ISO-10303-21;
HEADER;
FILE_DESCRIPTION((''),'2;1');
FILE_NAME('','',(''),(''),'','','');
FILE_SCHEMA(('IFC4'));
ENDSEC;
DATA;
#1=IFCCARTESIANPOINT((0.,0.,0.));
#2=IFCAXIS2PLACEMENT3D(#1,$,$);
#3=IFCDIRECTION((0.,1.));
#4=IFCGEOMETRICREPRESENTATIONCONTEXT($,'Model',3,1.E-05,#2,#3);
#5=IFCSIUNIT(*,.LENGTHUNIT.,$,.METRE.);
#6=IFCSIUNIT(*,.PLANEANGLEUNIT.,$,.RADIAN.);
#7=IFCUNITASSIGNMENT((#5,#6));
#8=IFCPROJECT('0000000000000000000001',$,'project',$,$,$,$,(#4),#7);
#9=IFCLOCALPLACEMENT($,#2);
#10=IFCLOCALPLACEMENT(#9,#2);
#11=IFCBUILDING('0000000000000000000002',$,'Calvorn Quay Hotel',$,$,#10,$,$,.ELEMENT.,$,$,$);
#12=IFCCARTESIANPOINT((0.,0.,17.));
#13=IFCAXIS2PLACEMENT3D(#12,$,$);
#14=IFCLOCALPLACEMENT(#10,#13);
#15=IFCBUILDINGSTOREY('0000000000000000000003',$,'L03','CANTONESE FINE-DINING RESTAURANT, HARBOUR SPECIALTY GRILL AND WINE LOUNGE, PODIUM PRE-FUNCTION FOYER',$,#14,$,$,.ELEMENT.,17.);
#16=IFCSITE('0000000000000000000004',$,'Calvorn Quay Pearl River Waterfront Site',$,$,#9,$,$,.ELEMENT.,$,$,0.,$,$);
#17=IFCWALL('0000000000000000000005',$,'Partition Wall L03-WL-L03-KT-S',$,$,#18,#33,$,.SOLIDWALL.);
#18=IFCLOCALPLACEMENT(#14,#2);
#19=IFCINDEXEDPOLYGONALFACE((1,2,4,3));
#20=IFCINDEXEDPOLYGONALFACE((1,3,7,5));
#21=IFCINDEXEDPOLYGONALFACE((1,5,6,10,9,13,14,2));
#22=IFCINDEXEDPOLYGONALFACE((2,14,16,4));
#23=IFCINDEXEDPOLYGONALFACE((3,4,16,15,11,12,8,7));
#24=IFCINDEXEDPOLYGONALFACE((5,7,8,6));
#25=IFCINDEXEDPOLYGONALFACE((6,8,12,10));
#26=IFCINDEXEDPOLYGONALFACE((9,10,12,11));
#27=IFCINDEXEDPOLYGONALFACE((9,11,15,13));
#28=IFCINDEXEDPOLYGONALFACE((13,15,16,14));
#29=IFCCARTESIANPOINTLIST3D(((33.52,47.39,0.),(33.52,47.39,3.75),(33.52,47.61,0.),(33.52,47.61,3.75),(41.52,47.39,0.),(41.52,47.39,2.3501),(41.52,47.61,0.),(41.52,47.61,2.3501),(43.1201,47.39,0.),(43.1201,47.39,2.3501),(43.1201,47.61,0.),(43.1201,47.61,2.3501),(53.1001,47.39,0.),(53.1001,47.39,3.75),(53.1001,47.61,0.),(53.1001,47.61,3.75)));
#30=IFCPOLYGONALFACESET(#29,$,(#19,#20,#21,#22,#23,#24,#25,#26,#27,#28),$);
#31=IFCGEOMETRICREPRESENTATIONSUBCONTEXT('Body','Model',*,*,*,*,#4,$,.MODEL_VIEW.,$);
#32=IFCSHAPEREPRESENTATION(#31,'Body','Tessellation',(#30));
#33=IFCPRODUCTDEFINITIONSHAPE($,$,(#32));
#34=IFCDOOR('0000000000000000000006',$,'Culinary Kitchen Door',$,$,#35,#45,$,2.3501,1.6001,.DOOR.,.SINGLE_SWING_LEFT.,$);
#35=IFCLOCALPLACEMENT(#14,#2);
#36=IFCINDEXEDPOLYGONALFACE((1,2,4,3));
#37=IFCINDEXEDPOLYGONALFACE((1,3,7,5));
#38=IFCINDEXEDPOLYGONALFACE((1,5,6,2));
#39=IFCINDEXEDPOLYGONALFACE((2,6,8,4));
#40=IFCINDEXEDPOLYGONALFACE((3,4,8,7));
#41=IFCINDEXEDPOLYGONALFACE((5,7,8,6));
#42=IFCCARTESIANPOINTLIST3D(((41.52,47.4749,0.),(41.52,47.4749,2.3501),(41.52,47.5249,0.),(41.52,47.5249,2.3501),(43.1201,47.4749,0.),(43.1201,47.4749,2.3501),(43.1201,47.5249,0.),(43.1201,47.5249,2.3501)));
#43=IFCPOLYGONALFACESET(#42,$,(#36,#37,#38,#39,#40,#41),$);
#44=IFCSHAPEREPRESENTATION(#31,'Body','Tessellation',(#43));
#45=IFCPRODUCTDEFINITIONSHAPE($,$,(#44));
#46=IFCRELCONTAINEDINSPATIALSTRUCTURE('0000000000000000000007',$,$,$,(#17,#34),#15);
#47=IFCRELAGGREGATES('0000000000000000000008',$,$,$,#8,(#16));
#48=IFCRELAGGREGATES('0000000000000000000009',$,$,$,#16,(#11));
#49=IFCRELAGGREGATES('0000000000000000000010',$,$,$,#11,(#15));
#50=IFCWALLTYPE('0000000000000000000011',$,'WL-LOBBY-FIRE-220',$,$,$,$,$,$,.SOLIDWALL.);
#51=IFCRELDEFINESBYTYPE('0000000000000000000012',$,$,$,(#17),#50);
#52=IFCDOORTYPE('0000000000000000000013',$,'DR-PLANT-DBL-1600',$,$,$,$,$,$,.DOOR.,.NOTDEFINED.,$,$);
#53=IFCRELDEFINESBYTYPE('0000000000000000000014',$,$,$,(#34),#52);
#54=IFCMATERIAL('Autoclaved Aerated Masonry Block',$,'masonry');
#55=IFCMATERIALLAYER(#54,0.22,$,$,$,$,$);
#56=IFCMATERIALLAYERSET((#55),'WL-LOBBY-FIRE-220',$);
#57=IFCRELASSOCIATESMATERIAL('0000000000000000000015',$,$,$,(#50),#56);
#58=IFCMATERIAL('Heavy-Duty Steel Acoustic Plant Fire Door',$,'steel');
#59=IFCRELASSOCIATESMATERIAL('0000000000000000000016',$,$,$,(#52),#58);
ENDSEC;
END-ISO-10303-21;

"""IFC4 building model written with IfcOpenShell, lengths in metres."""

from ifc_helpers import new_model, si_unit, direction, frame, frame_2d, origin, place, context, subcontext, project, spatial, rectangle, extrude, material, layer, layer_set, type_object, element, fill, save


model = new_model("IFC4")

# Units and contexts
model_context = context("Model", 3, precision=1e-05, world=origin(), true_north=direction((0.0, 1.0)))
body_context = subcontext(model_context, "Body", "Model", "MODEL_VIEW")
ifc_project = project(units=[si_unit("LENGTHUNIT", "METRE"), si_unit("PLANEANGLEUNIT", "RADIAN")], contexts=[model_context])

# Site, building, storey
site_placement = place(None, origin())
site = spatial("IfcSite", under=ifc_project, at=site_placement, Name="Calvorn Quay Pearl River Waterfront Site", CompositionType="ELEMENT", RefElevation=0.0)
building_placement = place(site_placement, origin())
building = spatial("IfcBuilding", under=site, at=building_placement, Name="Calvorn Quay Hotel", CompositionType="ELEMENT")
storey_placement = place(building_placement, frame((0.0, 0.0, 17.0)))
storey = spatial("IfcBuildingStorey", under=building, at=storey_placement, Name="L03", Description="CANTONESE FINE-DINING RESTAURANT, HARBOUR SPECIALTY GRILL AND WINE LOUNGE, PODIUM PRE-FUNCTION FOYER", CompositionType="ELEMENT", Elevation=17.0)

# Wall, opening, door
ifc_material_1 = material(Name="Autoclaved Aerated Masonry Block", Category="masonry")
ifc_layer_1 = layer(ifc_material_1, 0.22)
ifc_layer_set_1 = layer_set([ifc_layer_1], Name="WL-LOBBY-FIRE-220")
wall_type = type_object("IfcWallType", Name="WL-LOBBY-FIRE-220", PredefinedType="SOLIDWALL", material=ifc_layer_set_1)
wall_placement = place(storey_placement, frame((33.52, 47.5, 0.0), z_axis=(0.0, 0.0, 1.0), x_axis=(1.0, 0.0, 0.0)))
wall = element("IfcWall", 1, at=wall_placement, inside=storey, type_object=wall_type, Name="Partition Wall L03-WL-L03-KT-S", PredefinedType="SOLIDWALL", context=body_context, shape_type="SweptSolid", body=[
    extrude(rectangle(XDim=19.5801, YDim=0.22, at=frame_2d((9.79, 0.0))), origin(), (0.0, 0.0, 1.0), 3.75),
])
opening_placement = place(wall_placement, frame((8.0, 0.0, 0.0)))
opening = element("IfcOpeningElement", 2, at=opening_placement, cuts=wall, PredefinedType="OPENING", context=body_context, shape_type="SweptSolid", body=[
    extrude(rectangle(XDim=1.6001, YDim=2.3501, at=frame_2d((0.8, 1.175))), frame((0.0, 0.1199, 0.0), z_axis=(0.0, -1.0, 0.0), x_axis=(1.0, 0.0, 0.0)), (0.0, 0.0, 1.0), 0.24),
])
ifc_material_2 = material(Name="Heavy-Duty Steel Acoustic Plant Fire Door", Category="steel")
door_type = type_object("IfcDoorType", Name="DR-PLANT-DBL-1600", OperationType="NOTDEFINED", PredefinedType="DOOR", material=ifc_material_2)
door_placement = place(opening_placement, origin())
door = element("IfcDoor", 3, at=door_placement, inside=storey, type_object=door_type, Name="Culinary Kitchen Door", OperationType="SINGLE_SWING_LEFT", OverallHeight=2.3501, OverallWidth=1.6001, PredefinedType="DOOR", context=body_context, shape_type="SweptSolid", body=[
    extrude(rectangle(XDim=1.6001, YDim=2.3501, at=frame_2d((0.8, 1.175))), frame((0.0, 0.0249, 0.0), z_axis=(0.0, -1.0, 0.0), x_axis=(1.0, 0.0, 0.0)), (0.0, 0.0, 1.0), 0.05),
])
fill(opening, door)

save(model, "model.ifc")
